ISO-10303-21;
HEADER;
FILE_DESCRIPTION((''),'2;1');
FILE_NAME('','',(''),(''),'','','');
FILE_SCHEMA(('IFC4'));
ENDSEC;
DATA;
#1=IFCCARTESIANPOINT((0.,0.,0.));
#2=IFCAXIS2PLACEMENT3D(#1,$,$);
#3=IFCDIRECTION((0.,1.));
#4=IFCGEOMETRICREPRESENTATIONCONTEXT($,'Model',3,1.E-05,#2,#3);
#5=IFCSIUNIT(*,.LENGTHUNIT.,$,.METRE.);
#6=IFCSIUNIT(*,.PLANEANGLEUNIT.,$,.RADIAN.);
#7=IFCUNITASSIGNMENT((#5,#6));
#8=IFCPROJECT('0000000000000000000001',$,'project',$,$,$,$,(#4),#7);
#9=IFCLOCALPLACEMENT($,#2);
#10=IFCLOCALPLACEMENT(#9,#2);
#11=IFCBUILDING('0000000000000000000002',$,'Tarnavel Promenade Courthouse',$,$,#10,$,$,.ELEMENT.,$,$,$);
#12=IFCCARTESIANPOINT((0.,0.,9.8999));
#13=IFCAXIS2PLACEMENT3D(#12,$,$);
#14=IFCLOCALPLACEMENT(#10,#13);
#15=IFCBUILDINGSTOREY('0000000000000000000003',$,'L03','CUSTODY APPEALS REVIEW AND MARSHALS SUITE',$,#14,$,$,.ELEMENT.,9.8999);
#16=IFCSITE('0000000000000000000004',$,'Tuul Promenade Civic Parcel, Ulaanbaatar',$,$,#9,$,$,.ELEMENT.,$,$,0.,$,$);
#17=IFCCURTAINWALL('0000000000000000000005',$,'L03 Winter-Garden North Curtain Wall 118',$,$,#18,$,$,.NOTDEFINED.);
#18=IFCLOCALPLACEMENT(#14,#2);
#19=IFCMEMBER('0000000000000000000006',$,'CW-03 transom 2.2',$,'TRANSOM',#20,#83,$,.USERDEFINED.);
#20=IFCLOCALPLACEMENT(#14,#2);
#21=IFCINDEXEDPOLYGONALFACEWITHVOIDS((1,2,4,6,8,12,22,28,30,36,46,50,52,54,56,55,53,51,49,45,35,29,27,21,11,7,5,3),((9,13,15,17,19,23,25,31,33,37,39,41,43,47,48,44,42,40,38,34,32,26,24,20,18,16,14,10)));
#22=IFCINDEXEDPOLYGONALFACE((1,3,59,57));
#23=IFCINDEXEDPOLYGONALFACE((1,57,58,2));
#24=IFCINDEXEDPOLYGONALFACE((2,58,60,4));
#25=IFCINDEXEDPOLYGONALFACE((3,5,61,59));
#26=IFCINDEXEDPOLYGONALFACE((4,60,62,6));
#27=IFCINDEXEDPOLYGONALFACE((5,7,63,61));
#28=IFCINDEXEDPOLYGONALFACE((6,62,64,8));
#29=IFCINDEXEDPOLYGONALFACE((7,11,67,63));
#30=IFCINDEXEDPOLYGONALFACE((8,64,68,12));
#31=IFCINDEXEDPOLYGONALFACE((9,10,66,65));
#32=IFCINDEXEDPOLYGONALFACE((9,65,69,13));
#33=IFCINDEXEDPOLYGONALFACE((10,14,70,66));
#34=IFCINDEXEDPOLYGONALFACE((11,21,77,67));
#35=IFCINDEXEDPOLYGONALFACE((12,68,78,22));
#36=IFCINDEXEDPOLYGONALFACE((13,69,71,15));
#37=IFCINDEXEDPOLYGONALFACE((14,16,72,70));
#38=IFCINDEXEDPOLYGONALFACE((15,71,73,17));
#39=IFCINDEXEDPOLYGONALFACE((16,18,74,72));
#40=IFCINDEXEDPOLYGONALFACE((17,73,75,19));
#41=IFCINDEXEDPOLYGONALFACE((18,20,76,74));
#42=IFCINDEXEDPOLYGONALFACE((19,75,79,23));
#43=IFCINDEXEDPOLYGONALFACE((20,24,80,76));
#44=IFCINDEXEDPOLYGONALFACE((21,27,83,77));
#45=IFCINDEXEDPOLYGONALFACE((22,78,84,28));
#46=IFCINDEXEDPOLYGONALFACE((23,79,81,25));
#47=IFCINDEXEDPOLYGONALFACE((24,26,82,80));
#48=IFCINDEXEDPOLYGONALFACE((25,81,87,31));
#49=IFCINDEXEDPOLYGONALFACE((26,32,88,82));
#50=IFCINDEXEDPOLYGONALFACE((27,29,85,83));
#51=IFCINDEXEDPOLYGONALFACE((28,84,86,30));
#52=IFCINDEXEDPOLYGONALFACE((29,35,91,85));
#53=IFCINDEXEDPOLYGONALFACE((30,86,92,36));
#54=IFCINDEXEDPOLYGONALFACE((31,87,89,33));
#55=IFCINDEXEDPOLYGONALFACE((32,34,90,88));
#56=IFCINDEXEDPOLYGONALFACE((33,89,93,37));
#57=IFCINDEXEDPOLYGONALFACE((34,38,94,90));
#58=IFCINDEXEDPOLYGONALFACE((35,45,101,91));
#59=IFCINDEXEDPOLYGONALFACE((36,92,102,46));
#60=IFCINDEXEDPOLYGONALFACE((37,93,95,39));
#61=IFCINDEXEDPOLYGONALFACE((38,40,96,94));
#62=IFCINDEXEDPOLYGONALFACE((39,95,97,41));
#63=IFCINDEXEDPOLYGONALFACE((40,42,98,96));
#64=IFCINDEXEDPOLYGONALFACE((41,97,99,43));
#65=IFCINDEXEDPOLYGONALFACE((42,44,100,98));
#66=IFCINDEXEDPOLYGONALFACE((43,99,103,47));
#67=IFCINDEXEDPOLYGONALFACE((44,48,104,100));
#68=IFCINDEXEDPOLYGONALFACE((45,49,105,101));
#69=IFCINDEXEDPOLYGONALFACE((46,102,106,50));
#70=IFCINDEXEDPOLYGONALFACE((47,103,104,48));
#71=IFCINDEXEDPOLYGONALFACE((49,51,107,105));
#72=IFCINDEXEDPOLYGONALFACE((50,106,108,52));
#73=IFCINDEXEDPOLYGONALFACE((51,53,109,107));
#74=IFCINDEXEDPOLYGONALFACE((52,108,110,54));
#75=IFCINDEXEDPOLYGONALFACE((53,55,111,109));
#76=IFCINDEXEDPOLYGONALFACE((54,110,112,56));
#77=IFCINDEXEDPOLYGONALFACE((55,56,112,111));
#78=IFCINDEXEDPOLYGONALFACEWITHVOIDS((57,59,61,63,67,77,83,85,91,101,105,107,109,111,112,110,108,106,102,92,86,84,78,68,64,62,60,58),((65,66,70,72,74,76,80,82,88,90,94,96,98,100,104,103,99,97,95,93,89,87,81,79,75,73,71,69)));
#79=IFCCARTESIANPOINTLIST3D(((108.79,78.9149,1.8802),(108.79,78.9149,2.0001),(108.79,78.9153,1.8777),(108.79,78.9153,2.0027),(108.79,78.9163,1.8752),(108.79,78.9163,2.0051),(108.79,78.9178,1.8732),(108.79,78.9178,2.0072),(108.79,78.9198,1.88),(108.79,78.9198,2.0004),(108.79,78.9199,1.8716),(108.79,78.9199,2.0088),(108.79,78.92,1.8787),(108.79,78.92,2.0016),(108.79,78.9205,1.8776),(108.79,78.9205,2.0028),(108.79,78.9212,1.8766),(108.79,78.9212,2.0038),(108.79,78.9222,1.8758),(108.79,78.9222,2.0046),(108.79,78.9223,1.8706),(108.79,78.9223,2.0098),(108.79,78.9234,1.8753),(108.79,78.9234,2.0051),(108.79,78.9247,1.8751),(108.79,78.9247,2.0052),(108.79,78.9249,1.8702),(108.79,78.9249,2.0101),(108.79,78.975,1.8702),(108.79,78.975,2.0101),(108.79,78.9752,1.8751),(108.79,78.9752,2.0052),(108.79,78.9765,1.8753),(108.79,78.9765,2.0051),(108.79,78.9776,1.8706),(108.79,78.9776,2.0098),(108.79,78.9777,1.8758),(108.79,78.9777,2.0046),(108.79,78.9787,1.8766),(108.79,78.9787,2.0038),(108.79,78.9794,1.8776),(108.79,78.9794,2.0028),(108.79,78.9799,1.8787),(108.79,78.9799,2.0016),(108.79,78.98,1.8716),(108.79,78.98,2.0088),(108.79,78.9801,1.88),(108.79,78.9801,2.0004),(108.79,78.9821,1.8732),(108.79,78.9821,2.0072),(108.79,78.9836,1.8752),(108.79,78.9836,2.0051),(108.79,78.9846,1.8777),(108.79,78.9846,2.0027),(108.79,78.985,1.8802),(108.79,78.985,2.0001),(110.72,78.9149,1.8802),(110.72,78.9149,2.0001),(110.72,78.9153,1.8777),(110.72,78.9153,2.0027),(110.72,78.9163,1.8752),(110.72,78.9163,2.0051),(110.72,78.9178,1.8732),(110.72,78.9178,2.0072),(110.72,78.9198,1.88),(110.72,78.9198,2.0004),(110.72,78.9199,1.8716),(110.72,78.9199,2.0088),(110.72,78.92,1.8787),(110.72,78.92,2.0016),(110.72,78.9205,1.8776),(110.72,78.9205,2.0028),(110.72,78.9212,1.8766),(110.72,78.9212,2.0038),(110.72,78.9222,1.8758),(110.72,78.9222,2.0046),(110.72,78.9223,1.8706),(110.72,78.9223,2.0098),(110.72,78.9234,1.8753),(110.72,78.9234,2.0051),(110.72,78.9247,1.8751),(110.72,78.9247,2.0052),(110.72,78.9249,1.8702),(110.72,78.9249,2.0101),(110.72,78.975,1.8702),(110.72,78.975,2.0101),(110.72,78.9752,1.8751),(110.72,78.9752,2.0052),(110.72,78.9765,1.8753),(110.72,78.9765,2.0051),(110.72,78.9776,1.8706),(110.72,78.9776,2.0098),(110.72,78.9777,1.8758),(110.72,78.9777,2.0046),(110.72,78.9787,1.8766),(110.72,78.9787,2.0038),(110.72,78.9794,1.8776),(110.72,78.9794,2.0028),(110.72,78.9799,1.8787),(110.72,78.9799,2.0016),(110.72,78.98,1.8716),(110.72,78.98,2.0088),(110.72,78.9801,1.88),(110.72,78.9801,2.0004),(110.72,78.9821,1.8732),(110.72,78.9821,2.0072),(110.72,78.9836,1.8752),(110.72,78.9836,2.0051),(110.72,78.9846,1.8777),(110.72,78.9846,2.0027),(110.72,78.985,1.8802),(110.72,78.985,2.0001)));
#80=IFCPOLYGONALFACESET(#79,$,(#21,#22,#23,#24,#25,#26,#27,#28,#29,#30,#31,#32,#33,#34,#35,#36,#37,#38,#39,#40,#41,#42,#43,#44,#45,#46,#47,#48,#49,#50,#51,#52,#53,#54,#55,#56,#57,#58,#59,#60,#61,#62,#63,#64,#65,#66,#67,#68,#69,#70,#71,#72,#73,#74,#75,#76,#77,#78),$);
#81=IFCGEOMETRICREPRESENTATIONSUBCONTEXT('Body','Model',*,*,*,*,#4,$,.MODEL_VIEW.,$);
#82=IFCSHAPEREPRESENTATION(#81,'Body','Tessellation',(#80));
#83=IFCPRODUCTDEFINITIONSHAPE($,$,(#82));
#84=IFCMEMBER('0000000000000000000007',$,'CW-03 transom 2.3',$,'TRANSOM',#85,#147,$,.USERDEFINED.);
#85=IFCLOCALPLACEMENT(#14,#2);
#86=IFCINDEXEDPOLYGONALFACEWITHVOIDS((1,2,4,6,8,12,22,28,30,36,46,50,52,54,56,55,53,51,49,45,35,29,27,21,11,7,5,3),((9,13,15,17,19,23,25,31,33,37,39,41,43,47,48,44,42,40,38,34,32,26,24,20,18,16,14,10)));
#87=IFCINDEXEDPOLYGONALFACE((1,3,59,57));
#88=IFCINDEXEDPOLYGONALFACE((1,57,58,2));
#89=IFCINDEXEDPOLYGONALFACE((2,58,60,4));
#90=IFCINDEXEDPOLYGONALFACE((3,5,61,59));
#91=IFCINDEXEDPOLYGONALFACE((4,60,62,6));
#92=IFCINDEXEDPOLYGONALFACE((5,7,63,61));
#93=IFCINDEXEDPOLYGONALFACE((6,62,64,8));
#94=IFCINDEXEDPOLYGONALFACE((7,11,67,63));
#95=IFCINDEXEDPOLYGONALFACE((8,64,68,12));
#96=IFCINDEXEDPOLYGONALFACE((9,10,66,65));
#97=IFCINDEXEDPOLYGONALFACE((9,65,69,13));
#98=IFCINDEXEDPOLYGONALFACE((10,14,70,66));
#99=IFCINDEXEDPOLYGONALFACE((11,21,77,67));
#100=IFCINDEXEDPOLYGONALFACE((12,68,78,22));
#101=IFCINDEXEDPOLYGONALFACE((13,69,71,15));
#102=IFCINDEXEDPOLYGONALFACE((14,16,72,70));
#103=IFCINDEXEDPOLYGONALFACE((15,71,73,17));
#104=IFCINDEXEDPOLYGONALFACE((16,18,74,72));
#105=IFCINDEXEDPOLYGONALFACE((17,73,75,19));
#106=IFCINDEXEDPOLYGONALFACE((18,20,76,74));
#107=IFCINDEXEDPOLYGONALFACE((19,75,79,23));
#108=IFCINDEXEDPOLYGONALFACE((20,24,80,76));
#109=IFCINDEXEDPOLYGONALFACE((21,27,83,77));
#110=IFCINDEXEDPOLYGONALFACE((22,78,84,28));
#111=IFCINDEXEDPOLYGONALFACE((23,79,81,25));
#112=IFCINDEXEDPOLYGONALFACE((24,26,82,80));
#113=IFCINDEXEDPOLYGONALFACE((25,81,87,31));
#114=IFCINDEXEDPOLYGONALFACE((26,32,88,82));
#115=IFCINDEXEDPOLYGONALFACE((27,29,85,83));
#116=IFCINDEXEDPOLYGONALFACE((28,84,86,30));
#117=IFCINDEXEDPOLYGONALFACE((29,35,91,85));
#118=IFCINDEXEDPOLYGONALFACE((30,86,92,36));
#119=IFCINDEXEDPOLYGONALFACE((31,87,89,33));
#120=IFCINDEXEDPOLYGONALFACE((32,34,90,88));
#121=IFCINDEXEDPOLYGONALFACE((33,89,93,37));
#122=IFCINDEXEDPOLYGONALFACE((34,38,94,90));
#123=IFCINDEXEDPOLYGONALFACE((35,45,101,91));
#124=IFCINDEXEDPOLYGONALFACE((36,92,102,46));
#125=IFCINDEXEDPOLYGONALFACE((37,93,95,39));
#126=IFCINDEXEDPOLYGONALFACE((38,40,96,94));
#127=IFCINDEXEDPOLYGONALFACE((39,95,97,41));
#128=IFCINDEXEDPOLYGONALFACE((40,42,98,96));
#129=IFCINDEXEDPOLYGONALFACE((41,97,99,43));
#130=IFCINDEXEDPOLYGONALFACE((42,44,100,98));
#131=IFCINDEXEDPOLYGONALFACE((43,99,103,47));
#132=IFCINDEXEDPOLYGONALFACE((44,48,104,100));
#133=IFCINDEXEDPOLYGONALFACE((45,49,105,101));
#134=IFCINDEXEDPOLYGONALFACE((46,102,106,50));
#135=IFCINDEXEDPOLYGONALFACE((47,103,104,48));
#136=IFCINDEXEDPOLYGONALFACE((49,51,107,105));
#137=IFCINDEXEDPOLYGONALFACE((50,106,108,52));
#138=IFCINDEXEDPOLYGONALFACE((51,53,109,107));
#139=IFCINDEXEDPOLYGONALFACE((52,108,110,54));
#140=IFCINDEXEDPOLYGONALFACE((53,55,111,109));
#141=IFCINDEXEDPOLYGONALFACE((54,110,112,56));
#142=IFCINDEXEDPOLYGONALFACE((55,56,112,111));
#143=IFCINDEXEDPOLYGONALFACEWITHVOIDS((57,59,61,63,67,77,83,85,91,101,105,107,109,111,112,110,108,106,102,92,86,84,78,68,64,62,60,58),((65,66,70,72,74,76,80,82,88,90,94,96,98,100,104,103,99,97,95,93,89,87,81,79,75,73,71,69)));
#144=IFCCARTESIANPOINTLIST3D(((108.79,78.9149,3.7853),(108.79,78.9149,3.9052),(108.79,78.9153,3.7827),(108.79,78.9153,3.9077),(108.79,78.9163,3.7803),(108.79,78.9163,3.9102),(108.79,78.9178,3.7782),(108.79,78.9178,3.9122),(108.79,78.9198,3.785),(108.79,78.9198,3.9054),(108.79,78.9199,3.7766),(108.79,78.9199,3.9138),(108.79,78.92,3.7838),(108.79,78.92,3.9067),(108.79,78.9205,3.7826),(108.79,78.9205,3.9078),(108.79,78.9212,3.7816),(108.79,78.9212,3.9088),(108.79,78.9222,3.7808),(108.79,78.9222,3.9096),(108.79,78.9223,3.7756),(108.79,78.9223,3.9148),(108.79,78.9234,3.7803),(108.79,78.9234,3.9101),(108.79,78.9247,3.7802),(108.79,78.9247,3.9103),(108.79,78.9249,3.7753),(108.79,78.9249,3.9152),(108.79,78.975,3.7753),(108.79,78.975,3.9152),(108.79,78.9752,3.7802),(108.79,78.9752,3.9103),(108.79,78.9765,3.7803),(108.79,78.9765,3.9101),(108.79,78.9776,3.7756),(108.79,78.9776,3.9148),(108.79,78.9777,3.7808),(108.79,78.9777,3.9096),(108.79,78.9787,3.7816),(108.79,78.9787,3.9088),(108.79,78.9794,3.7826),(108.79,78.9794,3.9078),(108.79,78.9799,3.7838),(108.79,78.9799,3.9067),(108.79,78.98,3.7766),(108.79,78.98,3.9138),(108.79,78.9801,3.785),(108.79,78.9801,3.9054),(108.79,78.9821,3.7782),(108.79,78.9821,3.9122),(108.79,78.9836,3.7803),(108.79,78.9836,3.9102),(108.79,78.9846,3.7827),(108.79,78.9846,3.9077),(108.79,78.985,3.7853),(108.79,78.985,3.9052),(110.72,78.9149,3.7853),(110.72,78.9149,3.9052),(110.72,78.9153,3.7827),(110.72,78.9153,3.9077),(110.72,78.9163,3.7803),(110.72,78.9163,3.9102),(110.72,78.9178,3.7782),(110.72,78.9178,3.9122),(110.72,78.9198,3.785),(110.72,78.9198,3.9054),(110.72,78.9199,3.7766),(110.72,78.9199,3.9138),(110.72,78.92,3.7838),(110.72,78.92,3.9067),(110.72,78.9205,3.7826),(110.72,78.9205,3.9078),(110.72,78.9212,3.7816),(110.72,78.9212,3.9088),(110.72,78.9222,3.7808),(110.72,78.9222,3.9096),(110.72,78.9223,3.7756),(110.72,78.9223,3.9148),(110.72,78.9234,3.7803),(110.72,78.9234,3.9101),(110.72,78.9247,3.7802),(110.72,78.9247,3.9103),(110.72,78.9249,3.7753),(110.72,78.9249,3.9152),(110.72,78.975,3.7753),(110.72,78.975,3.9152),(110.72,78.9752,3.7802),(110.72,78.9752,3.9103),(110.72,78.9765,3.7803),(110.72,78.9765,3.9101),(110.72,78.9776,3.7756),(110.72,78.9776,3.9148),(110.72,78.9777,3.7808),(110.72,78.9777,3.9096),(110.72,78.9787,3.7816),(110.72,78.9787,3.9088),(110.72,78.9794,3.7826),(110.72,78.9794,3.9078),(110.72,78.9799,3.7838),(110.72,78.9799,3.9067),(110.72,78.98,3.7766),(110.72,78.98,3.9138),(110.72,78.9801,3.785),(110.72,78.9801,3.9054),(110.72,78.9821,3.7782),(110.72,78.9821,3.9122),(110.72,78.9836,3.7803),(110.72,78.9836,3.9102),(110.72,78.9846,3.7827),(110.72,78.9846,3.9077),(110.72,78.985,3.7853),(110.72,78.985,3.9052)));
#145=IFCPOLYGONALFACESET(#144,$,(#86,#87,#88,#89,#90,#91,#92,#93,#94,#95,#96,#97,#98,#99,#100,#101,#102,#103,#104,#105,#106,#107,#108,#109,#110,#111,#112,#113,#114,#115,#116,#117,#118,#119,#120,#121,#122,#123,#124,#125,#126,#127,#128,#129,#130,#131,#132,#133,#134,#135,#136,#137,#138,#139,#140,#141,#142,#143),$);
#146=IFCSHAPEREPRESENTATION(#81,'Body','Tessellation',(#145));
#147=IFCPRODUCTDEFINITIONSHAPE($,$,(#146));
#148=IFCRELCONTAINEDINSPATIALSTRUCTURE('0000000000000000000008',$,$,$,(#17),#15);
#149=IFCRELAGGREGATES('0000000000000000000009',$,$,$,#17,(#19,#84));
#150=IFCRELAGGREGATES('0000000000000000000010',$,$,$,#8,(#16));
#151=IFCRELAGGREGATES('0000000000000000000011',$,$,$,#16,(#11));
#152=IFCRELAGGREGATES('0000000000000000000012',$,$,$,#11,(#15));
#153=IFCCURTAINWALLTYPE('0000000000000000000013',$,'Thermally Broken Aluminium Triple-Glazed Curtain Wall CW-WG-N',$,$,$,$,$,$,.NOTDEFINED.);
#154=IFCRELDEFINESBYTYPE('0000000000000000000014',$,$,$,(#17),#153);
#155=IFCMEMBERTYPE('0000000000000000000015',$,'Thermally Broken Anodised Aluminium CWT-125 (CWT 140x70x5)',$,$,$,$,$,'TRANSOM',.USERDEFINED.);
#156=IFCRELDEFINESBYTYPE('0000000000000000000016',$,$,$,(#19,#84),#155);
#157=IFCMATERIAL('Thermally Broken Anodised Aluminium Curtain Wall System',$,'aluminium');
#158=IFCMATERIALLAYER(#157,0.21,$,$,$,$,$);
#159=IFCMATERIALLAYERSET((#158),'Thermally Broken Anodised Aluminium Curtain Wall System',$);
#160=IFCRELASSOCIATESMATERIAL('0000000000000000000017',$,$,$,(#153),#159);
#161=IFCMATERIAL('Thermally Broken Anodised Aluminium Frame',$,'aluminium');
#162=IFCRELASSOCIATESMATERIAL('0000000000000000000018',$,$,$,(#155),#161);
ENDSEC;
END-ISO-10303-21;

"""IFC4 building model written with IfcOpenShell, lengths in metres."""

from ifc_helpers import new_model, si_unit, direction, frame, origin, origin_2d, place, context, subcontext, project, spatial, hollow_rectangle, extrude, material, layer, layer_set, material_profile, profile_set, type_object, element, aggregate, save


model = new_model("IFC4")

# Units and contexts
model_context = context("Model", 3, precision=1e-05, world=origin(), true_north=direction((0.0, 1.0)))
body_context = subcontext(model_context, "Body", "Model", "MODEL_VIEW")
ifc_project = project(units=[si_unit("LENGTHUNIT", "METRE"), si_unit("PLANEANGLEUNIT", "RADIAN")], contexts=[model_context])

# Site, building, storey
site_placement = place(None, origin())
site = spatial("IfcSite", under=ifc_project, at=site_placement, Name="Tuul Promenade Civic Parcel, Ulaanbaatar", CompositionType="ELEMENT", RefElevation=0.0)
building_placement = place(site_placement, origin())
building = spatial("IfcBuilding", under=site, at=building_placement, Name="Tarnavel Promenade Courthouse", CompositionType="ELEMENT")
storey_placement = place(building_placement, frame((0.0, 0.0, 9.8999)))
storey = spatial("IfcBuildingStorey", under=building, at=storey_placement, Name="L03", Description="CUSTODY APPEALS REVIEW AND MARSHALS SUITE", CompositionType="ELEMENT", Elevation=9.8999)

# Curtain wall
ifc_material_1 = material(Name="Thermally Broken Anodised Aluminium Curtain Wall System", Category="aluminium")
ifc_layer_1 = layer(ifc_material_1, 0.21)
ifc_layer_set_1 = layer_set([ifc_layer_1], Name="Thermally Broken Anodised Aluminium Curtain Wall System")
curtain_wall_type = type_object("IfcCurtainWallType", Name="Thermally Broken Aluminium Triple-Glazed Curtain Wall CW-WG-N", PredefinedType="NOTDEFINED", material=ifc_layer_set_1)
curtain_wall_1_placement = place(storey_placement, origin())
curtain_wall_1 = element("IfcCurtainWall", 1, at=curtain_wall_1_placement, inside=storey, type_object=curtain_wall_type, Name="L03 Winter-Garden North Curtain Wall 118", PredefinedType="NOTDEFINED")
ifc_material_2 = material(Name="Thermally Broken Anodised Aluminium Frame", Category="aluminium")

# Members
ifc_material_profile_1 = material_profile(ifc_material_2, hollow_rectangle(XDim=0.0701, YDim=0.1399, WallThickness=0.0049, InnerFilletRadius=0.0049, OuterFilletRadius=0.01, at=origin_2d()), Name="CWT 140x70x5")
ifc_profile_set_1 = profile_set([ifc_material_profile_1], Name="Thermally Broken Anodised Aluminium Frame")
member_type_1 = type_object("IfcMemberType", Name="Thermally Broken Anodised Aluminium CWT-125 (CWT 140x70x5)", ElementType="TRANSOM", PredefinedType="USERDEFINED", material=ifc_profile_set_1)
member_1_placement = place(storey_placement, frame((108.79, 78.95, 1.9402), z_axis=(1.0, 0.0, 0.0), x_axis=(0.0, 1.0, 0.0)))
member_1 = element("IfcMember", 2, at=member_1_placement, type_object=member_type_1, Name="CW-03 transom 2.2", ObjectType="TRANSOM", PredefinedType="USERDEFINED", context=body_context, shape_type="SweptSolid", body=[
    extrude(hollow_rectangle(XDim=0.0701, YDim=0.1399, WallThickness=0.0049, InnerFilletRadius=0.0049, OuterFilletRadius=0.01, at=origin_2d()), origin(), (0.0, 0.0, 1.0), 1.9299),
])
member_2_placement = place(storey_placement, frame((108.79, 78.95, 3.8452), z_axis=(1.0, 0.0, 0.0), x_axis=(0.0, 1.0, 0.0)))
member_2 = element("IfcMember", 3, at=member_2_placement, type_object=member_type_1, Name="CW-03 transom 2.3", ObjectType="TRANSOM", PredefinedType="USERDEFINED", context=body_context, shape_type="SweptSolid", body=[
    extrude(hollow_rectangle(XDim=0.0701, YDim=0.1399, WallThickness=0.0049, InnerFilletRadius=0.0049, OuterFilletRadius=0.01, at=origin_2d()), origin(), (0.0, 0.0, 1.0), 1.9299),
])

aggregate(curtain_wall_1, [member_1, member_2])

save(model, "model.ifc")
